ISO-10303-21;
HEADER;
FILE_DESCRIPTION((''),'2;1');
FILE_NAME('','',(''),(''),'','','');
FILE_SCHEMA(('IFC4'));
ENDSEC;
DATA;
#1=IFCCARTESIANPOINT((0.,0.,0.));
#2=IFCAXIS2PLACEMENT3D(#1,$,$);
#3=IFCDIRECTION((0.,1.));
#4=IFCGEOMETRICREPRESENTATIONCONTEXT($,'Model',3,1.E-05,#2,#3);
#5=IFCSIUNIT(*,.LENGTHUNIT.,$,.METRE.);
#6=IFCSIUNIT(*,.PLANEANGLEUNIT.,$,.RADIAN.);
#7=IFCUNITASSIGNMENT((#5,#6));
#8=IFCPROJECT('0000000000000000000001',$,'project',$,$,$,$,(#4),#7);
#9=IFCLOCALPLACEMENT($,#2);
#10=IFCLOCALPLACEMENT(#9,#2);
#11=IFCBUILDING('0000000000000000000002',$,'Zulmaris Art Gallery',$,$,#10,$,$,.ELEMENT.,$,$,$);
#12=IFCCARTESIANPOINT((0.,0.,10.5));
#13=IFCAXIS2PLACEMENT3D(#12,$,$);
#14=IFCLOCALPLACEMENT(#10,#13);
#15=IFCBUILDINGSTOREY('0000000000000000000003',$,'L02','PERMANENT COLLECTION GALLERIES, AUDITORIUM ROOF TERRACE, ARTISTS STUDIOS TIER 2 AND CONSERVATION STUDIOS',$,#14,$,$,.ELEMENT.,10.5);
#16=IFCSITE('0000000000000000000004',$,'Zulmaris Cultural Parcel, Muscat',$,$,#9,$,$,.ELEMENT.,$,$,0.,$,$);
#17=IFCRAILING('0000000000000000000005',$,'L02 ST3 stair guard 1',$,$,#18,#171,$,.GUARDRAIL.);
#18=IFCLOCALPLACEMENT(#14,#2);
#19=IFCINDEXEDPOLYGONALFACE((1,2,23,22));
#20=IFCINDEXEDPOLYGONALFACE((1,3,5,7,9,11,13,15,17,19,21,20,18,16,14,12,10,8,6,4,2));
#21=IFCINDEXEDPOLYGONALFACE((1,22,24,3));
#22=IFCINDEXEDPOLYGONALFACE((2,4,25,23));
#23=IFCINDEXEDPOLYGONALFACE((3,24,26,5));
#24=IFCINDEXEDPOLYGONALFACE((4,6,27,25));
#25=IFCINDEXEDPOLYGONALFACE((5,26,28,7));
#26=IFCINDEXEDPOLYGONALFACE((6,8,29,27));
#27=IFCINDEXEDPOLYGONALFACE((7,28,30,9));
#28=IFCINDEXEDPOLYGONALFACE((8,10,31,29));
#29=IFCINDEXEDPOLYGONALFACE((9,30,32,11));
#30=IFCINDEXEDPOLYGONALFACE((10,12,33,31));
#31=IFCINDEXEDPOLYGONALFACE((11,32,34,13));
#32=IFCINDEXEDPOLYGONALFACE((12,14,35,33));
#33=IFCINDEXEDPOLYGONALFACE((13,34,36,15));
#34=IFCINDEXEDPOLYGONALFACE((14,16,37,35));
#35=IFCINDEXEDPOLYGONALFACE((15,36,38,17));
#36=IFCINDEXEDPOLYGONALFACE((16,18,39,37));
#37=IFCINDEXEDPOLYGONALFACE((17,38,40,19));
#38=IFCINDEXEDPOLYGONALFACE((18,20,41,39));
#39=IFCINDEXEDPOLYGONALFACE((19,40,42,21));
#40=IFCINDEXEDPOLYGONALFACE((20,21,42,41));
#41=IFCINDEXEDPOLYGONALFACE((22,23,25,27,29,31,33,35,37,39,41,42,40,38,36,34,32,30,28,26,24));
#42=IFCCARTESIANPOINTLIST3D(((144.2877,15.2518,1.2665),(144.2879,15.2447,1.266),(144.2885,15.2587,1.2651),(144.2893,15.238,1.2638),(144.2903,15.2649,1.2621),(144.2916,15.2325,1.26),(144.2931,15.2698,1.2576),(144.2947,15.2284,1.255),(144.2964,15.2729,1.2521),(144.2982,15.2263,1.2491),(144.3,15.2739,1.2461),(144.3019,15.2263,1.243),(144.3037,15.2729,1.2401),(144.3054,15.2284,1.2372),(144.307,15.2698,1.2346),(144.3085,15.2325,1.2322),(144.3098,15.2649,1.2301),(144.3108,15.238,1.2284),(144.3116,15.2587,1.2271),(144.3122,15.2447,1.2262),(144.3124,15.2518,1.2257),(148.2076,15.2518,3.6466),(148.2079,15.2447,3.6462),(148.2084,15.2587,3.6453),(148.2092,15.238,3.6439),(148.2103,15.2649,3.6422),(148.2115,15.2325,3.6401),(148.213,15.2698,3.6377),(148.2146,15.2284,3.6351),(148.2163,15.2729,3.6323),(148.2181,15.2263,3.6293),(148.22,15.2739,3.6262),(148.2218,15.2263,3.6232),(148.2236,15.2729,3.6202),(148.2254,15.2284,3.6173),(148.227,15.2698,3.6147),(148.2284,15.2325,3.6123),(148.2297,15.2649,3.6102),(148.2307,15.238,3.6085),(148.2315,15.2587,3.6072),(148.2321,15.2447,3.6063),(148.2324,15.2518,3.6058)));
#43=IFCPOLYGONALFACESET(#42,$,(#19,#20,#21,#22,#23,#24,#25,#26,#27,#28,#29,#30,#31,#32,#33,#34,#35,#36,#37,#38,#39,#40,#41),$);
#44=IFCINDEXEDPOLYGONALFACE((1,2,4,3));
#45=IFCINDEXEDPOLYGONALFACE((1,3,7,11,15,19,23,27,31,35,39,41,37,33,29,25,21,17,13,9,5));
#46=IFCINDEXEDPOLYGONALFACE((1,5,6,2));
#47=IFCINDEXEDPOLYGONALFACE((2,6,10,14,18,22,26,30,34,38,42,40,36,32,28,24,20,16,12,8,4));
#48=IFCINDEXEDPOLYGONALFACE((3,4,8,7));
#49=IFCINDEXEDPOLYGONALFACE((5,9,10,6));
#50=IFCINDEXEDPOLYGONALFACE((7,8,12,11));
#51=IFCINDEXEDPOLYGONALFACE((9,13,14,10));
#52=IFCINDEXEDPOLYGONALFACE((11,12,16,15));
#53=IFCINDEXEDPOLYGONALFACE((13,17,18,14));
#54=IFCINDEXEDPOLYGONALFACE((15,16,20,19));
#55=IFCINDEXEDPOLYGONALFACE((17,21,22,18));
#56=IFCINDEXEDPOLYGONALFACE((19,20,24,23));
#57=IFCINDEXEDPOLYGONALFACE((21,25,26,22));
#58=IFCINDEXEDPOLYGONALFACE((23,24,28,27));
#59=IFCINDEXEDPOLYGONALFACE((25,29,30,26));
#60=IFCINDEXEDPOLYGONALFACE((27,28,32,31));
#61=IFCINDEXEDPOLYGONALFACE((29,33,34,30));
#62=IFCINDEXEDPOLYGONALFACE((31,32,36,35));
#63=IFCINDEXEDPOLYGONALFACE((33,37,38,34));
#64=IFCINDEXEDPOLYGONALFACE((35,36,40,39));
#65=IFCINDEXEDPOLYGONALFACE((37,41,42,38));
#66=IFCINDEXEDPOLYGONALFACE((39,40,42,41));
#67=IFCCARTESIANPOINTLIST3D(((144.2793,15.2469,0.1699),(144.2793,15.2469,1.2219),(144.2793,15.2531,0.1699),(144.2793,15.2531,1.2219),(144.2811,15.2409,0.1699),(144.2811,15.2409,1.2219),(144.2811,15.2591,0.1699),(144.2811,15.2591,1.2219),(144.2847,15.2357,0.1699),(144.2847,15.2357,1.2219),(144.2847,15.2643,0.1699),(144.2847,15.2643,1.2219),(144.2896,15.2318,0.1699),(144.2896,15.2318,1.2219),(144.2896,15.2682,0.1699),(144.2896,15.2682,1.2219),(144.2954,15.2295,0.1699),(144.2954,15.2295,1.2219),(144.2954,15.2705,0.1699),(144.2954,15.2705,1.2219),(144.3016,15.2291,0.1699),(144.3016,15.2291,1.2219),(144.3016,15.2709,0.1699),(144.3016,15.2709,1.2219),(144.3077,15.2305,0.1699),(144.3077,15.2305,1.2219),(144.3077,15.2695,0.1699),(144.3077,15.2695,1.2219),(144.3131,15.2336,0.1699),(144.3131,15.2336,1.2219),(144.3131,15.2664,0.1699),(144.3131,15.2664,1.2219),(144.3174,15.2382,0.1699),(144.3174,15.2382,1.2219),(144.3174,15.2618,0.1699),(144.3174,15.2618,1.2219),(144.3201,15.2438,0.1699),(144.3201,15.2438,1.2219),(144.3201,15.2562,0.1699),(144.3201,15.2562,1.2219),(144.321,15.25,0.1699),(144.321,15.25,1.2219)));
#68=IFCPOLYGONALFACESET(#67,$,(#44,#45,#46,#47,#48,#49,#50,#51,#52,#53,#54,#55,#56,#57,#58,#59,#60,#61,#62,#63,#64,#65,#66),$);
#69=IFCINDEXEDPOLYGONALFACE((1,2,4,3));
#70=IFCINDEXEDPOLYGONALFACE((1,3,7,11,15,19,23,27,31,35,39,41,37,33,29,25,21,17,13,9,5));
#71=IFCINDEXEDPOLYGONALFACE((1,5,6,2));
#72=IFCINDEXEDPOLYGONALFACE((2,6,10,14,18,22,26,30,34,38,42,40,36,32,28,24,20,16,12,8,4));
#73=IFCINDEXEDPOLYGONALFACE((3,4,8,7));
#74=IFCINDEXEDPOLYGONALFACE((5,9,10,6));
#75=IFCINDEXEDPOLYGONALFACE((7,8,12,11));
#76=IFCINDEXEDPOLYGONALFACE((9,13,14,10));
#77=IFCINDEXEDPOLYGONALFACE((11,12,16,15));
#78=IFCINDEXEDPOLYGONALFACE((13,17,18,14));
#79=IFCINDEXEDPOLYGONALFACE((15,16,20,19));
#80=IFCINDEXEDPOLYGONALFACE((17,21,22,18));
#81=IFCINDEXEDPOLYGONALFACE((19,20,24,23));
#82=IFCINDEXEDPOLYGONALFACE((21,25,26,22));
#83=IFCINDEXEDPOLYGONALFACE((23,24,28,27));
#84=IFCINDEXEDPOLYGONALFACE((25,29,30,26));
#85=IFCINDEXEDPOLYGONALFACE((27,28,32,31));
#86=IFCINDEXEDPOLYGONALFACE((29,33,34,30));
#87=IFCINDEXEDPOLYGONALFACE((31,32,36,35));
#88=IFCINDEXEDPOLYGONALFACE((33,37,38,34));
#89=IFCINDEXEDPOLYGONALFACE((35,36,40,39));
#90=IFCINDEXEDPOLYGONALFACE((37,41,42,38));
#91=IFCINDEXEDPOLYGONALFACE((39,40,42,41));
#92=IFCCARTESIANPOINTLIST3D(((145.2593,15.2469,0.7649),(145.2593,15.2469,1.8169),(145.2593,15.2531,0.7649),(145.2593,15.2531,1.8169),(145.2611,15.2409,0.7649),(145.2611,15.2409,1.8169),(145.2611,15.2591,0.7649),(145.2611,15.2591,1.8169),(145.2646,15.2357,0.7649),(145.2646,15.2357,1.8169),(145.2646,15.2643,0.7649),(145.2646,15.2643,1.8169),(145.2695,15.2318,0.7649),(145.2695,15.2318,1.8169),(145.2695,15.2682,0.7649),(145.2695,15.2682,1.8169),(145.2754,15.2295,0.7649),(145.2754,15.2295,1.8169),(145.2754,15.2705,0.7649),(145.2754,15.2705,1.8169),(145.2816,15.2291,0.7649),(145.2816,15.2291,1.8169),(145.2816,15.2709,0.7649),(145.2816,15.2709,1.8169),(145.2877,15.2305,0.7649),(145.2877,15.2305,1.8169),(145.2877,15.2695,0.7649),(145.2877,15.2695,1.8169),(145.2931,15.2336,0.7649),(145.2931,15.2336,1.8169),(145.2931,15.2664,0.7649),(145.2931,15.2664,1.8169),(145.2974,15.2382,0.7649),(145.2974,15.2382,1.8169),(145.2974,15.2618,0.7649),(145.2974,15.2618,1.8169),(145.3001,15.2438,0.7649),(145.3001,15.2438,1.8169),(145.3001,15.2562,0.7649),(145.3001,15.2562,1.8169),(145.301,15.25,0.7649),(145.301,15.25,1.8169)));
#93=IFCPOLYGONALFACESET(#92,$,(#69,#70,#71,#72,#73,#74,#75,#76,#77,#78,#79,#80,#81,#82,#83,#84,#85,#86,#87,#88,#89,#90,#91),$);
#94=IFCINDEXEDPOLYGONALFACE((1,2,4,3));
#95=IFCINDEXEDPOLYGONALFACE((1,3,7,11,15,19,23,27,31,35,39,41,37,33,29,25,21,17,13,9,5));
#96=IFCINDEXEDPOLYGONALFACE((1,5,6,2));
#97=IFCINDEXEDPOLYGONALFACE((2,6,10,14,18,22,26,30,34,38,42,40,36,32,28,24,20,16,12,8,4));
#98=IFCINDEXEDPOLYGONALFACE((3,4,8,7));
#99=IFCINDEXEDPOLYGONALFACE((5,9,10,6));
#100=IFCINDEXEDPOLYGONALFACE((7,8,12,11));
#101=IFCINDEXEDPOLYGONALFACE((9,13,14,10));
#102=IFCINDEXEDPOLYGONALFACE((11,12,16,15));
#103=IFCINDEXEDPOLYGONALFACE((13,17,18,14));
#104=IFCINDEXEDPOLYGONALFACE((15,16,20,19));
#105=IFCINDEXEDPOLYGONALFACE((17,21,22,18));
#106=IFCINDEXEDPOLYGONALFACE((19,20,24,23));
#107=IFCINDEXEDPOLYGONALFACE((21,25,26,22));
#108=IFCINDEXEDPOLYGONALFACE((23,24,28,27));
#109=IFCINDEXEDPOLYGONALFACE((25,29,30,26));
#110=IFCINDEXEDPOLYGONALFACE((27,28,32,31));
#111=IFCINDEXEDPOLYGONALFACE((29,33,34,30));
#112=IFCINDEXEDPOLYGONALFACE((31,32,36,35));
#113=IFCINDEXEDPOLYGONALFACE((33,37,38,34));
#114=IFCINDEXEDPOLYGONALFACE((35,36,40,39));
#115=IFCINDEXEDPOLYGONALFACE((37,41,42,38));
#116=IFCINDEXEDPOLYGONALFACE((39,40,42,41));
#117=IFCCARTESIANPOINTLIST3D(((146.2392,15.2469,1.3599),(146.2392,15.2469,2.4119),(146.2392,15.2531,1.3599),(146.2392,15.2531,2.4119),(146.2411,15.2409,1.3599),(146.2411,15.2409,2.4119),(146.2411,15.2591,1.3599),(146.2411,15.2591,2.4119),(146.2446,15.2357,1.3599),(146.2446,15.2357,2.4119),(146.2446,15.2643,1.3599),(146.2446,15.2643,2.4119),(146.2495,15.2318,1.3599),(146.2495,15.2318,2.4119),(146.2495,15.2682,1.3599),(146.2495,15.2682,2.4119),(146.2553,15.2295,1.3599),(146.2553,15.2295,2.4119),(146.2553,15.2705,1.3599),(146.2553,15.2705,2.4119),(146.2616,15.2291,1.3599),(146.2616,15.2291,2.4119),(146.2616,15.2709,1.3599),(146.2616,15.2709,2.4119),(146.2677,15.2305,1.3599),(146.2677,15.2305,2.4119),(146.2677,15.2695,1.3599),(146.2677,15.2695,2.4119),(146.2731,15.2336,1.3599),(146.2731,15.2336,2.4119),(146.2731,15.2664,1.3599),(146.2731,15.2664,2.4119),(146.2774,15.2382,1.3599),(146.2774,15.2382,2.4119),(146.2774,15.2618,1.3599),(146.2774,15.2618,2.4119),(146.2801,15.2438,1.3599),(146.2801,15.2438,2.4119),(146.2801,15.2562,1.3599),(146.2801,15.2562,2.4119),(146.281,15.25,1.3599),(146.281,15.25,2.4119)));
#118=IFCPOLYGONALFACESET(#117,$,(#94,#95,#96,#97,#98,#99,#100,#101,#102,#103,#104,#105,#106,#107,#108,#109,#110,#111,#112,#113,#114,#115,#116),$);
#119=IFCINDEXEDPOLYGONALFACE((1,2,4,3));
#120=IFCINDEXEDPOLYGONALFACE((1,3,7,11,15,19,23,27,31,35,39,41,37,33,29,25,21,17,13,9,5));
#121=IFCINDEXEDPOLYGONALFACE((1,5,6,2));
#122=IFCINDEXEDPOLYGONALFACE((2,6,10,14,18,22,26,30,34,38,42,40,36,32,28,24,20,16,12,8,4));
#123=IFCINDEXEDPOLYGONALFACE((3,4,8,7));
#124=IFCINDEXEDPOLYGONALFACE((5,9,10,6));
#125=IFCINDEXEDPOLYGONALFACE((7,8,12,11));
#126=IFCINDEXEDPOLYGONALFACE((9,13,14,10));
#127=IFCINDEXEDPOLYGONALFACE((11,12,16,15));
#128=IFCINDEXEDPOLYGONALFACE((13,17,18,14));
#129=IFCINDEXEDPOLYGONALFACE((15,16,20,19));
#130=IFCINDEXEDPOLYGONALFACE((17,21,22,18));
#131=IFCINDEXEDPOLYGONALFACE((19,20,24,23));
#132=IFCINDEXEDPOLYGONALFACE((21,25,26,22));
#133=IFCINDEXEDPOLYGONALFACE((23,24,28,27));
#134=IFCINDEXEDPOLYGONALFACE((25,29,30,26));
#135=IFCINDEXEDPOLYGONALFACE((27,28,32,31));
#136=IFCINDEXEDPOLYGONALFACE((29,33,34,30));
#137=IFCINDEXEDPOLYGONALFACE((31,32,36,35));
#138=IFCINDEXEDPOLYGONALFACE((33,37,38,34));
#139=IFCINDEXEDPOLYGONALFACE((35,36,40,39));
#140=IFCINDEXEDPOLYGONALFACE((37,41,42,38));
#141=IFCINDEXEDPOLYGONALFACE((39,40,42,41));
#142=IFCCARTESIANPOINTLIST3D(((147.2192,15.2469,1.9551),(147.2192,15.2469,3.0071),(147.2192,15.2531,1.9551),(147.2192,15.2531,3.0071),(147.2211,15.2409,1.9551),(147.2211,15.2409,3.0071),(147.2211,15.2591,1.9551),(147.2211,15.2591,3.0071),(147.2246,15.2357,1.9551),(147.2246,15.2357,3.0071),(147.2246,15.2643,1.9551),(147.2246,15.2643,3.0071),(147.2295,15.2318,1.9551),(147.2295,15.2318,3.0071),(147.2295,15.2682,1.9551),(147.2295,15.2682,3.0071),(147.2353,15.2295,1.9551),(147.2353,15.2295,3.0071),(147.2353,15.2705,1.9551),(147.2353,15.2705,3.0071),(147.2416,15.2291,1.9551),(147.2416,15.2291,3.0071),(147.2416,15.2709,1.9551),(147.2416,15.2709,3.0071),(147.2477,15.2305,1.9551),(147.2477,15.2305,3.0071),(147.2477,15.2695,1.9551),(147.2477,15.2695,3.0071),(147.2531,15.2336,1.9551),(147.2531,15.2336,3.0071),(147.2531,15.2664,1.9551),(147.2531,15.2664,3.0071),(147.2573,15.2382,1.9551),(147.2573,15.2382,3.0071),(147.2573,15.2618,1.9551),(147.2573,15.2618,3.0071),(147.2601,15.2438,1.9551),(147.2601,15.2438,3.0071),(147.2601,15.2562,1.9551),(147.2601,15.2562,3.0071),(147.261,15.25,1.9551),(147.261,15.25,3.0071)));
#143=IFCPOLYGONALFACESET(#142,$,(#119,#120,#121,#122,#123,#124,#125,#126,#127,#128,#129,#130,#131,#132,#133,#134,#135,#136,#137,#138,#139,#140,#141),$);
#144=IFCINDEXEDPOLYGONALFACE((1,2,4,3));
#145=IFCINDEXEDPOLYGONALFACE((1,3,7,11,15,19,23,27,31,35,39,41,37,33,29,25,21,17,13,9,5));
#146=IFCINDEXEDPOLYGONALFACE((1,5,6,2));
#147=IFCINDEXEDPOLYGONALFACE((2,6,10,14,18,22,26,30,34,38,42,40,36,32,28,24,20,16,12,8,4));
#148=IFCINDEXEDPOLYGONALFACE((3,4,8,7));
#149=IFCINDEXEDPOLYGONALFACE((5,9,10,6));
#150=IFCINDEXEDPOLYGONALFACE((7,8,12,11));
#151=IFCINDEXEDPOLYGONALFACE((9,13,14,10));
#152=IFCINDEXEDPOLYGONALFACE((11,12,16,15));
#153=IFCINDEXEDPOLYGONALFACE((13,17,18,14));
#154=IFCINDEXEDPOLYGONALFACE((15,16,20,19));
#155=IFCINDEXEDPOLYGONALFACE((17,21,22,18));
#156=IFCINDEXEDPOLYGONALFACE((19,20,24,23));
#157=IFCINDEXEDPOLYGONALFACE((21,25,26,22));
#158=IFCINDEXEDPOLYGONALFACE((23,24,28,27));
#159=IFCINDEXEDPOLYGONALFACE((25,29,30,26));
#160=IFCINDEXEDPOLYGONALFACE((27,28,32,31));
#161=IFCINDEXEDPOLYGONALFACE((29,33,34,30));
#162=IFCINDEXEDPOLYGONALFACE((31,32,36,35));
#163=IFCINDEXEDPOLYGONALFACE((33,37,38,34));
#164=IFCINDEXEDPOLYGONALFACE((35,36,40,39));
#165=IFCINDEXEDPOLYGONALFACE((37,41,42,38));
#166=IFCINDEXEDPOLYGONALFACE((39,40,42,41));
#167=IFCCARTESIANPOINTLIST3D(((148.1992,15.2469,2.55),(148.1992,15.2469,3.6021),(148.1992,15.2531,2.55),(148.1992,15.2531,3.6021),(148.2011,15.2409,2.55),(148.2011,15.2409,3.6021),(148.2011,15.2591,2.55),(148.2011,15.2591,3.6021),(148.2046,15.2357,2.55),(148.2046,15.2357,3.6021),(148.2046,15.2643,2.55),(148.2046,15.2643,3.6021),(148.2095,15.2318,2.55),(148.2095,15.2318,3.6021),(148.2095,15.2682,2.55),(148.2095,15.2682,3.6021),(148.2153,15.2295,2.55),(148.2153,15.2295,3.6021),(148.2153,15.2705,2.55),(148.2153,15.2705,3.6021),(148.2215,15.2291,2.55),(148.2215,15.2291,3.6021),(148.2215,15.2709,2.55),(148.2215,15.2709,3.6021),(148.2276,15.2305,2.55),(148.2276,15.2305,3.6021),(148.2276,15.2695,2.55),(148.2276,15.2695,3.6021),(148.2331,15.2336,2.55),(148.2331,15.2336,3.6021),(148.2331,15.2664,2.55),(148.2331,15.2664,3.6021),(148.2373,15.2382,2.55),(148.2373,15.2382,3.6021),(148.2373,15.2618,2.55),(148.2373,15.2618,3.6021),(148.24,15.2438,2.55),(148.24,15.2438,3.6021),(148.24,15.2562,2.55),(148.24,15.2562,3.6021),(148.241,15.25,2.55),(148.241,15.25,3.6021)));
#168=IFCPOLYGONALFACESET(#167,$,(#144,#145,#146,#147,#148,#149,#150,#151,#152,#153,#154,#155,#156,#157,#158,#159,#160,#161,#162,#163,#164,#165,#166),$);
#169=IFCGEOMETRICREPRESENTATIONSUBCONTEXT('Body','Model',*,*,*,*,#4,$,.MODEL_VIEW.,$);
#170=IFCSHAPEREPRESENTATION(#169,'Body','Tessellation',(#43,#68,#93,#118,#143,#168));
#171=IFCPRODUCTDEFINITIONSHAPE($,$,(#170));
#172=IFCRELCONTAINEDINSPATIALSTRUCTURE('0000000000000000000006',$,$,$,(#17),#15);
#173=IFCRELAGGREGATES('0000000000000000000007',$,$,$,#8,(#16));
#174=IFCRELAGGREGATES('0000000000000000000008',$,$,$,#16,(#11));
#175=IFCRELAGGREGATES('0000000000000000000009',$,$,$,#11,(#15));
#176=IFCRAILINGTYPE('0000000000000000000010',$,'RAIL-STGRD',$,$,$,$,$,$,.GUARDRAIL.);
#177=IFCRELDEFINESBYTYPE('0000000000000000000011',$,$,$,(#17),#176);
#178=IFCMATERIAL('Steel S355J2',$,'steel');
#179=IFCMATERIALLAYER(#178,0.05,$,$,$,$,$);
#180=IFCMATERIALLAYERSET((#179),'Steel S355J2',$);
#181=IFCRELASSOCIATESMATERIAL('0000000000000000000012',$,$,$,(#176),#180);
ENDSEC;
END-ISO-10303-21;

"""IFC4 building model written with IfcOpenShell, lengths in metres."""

from ifc_helpers import new_model, si_unit, direction, frame, origin, origin_2d, place, context, subcontext, project, spatial, circle, extrude, material, layer, layer_set, type_object, element, save


model = new_model("IFC4")

# Units and contexts
model_context = context("Model", 3, precision=1e-05, world=origin(), true_north=direction((0.0, 1.0)))
body_context = subcontext(model_context, "Body", "Model", "MODEL_VIEW")
ifc_project = project(units=[si_unit("LENGTHUNIT", "METRE"), si_unit("PLANEANGLEUNIT", "RADIAN")], contexts=[model_context])

# Site, building, storey
site_placement = place(None, origin())
site = spatial("IfcSite", under=ifc_project, at=site_placement, Name="Zulmaris Cultural Parcel, Muscat", CompositionType="ELEMENT", RefElevation=0.0)
building_placement = place(site_placement, origin())
building = spatial("IfcBuilding", under=site, at=building_placement, Name="Zulmaris Art Gallery", CompositionType="ELEMENT")
storey_placement = place(building_placement, frame((0.0, 0.0, 10.5)))
storey = spatial("IfcBuildingStorey", under=building, at=storey_placement, Name="L02", Description="PERMANENT COLLECTION GALLERIES, AUDITORIUM ROOF TERRACE, ARTISTS STUDIOS TIER 2 AND CONSERVATION STUDIOS", CompositionType="ELEMENT", Elevation=10.5)

# Shared definitions
ifc_material_1 = material(Name="Steel S355J2", Category="steel")

# Railing
ifc_layer_1 = layer(ifc_material_1, 0.05)
ifc_layer_set_1 = layer_set([ifc_layer_1], Name="Steel S355J2")
railing_type_1 = type_object("IfcRailingType", Name="RAIL-STGRD", PredefinedType="GUARDRAIL", material=ifc_layer_set_1)
railing_1_placement = place(storey_placement, frame((144.3, 15.25, 0.1699)))
element("IfcRailing", 1, at=railing_1_placement, inside=storey, type_object=railing_type_1, Name="L02 ST3 stair guard 1", PredefinedType="GUARDRAIL", context=body_context, shape_type="SweptSolid", body=[
    extrude(circle(Radius=0.0239, at=origin_2d()), frame((0.0, 0.0, 1.0762), z_axis=(0.854771, 0.0, 0.519006), x_axis=(0.0, 1.0, 0.0)), (0.0, 0.0, 1.0), 4.5859),
    extrude(circle(Radius=0.021, at=origin_2d()), origin(), (0.0, 0.0, 1.0), 1.052),
    extrude(circle(Radius=0.021, at=origin_2d()), frame((0.98, 0.0, 0.595)), (0.0, 0.0, 1.0), 1.052),
    extrude(circle(Radius=0.021, at=origin_2d()), frame((1.96, 0.0, 1.1899)), (0.0, 0.0, 1.0), 1.052),
    extrude(circle(Radius=0.021, at=origin_2d()), frame((2.9399, 0.0, 1.7852)), (0.0, 0.0, 1.0), 1.052),
    extrude(circle(Radius=0.021, at=origin_2d()), frame((3.9199, 0.0, 2.3801)), (0.0, 0.0, 1.0), 1.052),
])

save(model, "model.ifc")
